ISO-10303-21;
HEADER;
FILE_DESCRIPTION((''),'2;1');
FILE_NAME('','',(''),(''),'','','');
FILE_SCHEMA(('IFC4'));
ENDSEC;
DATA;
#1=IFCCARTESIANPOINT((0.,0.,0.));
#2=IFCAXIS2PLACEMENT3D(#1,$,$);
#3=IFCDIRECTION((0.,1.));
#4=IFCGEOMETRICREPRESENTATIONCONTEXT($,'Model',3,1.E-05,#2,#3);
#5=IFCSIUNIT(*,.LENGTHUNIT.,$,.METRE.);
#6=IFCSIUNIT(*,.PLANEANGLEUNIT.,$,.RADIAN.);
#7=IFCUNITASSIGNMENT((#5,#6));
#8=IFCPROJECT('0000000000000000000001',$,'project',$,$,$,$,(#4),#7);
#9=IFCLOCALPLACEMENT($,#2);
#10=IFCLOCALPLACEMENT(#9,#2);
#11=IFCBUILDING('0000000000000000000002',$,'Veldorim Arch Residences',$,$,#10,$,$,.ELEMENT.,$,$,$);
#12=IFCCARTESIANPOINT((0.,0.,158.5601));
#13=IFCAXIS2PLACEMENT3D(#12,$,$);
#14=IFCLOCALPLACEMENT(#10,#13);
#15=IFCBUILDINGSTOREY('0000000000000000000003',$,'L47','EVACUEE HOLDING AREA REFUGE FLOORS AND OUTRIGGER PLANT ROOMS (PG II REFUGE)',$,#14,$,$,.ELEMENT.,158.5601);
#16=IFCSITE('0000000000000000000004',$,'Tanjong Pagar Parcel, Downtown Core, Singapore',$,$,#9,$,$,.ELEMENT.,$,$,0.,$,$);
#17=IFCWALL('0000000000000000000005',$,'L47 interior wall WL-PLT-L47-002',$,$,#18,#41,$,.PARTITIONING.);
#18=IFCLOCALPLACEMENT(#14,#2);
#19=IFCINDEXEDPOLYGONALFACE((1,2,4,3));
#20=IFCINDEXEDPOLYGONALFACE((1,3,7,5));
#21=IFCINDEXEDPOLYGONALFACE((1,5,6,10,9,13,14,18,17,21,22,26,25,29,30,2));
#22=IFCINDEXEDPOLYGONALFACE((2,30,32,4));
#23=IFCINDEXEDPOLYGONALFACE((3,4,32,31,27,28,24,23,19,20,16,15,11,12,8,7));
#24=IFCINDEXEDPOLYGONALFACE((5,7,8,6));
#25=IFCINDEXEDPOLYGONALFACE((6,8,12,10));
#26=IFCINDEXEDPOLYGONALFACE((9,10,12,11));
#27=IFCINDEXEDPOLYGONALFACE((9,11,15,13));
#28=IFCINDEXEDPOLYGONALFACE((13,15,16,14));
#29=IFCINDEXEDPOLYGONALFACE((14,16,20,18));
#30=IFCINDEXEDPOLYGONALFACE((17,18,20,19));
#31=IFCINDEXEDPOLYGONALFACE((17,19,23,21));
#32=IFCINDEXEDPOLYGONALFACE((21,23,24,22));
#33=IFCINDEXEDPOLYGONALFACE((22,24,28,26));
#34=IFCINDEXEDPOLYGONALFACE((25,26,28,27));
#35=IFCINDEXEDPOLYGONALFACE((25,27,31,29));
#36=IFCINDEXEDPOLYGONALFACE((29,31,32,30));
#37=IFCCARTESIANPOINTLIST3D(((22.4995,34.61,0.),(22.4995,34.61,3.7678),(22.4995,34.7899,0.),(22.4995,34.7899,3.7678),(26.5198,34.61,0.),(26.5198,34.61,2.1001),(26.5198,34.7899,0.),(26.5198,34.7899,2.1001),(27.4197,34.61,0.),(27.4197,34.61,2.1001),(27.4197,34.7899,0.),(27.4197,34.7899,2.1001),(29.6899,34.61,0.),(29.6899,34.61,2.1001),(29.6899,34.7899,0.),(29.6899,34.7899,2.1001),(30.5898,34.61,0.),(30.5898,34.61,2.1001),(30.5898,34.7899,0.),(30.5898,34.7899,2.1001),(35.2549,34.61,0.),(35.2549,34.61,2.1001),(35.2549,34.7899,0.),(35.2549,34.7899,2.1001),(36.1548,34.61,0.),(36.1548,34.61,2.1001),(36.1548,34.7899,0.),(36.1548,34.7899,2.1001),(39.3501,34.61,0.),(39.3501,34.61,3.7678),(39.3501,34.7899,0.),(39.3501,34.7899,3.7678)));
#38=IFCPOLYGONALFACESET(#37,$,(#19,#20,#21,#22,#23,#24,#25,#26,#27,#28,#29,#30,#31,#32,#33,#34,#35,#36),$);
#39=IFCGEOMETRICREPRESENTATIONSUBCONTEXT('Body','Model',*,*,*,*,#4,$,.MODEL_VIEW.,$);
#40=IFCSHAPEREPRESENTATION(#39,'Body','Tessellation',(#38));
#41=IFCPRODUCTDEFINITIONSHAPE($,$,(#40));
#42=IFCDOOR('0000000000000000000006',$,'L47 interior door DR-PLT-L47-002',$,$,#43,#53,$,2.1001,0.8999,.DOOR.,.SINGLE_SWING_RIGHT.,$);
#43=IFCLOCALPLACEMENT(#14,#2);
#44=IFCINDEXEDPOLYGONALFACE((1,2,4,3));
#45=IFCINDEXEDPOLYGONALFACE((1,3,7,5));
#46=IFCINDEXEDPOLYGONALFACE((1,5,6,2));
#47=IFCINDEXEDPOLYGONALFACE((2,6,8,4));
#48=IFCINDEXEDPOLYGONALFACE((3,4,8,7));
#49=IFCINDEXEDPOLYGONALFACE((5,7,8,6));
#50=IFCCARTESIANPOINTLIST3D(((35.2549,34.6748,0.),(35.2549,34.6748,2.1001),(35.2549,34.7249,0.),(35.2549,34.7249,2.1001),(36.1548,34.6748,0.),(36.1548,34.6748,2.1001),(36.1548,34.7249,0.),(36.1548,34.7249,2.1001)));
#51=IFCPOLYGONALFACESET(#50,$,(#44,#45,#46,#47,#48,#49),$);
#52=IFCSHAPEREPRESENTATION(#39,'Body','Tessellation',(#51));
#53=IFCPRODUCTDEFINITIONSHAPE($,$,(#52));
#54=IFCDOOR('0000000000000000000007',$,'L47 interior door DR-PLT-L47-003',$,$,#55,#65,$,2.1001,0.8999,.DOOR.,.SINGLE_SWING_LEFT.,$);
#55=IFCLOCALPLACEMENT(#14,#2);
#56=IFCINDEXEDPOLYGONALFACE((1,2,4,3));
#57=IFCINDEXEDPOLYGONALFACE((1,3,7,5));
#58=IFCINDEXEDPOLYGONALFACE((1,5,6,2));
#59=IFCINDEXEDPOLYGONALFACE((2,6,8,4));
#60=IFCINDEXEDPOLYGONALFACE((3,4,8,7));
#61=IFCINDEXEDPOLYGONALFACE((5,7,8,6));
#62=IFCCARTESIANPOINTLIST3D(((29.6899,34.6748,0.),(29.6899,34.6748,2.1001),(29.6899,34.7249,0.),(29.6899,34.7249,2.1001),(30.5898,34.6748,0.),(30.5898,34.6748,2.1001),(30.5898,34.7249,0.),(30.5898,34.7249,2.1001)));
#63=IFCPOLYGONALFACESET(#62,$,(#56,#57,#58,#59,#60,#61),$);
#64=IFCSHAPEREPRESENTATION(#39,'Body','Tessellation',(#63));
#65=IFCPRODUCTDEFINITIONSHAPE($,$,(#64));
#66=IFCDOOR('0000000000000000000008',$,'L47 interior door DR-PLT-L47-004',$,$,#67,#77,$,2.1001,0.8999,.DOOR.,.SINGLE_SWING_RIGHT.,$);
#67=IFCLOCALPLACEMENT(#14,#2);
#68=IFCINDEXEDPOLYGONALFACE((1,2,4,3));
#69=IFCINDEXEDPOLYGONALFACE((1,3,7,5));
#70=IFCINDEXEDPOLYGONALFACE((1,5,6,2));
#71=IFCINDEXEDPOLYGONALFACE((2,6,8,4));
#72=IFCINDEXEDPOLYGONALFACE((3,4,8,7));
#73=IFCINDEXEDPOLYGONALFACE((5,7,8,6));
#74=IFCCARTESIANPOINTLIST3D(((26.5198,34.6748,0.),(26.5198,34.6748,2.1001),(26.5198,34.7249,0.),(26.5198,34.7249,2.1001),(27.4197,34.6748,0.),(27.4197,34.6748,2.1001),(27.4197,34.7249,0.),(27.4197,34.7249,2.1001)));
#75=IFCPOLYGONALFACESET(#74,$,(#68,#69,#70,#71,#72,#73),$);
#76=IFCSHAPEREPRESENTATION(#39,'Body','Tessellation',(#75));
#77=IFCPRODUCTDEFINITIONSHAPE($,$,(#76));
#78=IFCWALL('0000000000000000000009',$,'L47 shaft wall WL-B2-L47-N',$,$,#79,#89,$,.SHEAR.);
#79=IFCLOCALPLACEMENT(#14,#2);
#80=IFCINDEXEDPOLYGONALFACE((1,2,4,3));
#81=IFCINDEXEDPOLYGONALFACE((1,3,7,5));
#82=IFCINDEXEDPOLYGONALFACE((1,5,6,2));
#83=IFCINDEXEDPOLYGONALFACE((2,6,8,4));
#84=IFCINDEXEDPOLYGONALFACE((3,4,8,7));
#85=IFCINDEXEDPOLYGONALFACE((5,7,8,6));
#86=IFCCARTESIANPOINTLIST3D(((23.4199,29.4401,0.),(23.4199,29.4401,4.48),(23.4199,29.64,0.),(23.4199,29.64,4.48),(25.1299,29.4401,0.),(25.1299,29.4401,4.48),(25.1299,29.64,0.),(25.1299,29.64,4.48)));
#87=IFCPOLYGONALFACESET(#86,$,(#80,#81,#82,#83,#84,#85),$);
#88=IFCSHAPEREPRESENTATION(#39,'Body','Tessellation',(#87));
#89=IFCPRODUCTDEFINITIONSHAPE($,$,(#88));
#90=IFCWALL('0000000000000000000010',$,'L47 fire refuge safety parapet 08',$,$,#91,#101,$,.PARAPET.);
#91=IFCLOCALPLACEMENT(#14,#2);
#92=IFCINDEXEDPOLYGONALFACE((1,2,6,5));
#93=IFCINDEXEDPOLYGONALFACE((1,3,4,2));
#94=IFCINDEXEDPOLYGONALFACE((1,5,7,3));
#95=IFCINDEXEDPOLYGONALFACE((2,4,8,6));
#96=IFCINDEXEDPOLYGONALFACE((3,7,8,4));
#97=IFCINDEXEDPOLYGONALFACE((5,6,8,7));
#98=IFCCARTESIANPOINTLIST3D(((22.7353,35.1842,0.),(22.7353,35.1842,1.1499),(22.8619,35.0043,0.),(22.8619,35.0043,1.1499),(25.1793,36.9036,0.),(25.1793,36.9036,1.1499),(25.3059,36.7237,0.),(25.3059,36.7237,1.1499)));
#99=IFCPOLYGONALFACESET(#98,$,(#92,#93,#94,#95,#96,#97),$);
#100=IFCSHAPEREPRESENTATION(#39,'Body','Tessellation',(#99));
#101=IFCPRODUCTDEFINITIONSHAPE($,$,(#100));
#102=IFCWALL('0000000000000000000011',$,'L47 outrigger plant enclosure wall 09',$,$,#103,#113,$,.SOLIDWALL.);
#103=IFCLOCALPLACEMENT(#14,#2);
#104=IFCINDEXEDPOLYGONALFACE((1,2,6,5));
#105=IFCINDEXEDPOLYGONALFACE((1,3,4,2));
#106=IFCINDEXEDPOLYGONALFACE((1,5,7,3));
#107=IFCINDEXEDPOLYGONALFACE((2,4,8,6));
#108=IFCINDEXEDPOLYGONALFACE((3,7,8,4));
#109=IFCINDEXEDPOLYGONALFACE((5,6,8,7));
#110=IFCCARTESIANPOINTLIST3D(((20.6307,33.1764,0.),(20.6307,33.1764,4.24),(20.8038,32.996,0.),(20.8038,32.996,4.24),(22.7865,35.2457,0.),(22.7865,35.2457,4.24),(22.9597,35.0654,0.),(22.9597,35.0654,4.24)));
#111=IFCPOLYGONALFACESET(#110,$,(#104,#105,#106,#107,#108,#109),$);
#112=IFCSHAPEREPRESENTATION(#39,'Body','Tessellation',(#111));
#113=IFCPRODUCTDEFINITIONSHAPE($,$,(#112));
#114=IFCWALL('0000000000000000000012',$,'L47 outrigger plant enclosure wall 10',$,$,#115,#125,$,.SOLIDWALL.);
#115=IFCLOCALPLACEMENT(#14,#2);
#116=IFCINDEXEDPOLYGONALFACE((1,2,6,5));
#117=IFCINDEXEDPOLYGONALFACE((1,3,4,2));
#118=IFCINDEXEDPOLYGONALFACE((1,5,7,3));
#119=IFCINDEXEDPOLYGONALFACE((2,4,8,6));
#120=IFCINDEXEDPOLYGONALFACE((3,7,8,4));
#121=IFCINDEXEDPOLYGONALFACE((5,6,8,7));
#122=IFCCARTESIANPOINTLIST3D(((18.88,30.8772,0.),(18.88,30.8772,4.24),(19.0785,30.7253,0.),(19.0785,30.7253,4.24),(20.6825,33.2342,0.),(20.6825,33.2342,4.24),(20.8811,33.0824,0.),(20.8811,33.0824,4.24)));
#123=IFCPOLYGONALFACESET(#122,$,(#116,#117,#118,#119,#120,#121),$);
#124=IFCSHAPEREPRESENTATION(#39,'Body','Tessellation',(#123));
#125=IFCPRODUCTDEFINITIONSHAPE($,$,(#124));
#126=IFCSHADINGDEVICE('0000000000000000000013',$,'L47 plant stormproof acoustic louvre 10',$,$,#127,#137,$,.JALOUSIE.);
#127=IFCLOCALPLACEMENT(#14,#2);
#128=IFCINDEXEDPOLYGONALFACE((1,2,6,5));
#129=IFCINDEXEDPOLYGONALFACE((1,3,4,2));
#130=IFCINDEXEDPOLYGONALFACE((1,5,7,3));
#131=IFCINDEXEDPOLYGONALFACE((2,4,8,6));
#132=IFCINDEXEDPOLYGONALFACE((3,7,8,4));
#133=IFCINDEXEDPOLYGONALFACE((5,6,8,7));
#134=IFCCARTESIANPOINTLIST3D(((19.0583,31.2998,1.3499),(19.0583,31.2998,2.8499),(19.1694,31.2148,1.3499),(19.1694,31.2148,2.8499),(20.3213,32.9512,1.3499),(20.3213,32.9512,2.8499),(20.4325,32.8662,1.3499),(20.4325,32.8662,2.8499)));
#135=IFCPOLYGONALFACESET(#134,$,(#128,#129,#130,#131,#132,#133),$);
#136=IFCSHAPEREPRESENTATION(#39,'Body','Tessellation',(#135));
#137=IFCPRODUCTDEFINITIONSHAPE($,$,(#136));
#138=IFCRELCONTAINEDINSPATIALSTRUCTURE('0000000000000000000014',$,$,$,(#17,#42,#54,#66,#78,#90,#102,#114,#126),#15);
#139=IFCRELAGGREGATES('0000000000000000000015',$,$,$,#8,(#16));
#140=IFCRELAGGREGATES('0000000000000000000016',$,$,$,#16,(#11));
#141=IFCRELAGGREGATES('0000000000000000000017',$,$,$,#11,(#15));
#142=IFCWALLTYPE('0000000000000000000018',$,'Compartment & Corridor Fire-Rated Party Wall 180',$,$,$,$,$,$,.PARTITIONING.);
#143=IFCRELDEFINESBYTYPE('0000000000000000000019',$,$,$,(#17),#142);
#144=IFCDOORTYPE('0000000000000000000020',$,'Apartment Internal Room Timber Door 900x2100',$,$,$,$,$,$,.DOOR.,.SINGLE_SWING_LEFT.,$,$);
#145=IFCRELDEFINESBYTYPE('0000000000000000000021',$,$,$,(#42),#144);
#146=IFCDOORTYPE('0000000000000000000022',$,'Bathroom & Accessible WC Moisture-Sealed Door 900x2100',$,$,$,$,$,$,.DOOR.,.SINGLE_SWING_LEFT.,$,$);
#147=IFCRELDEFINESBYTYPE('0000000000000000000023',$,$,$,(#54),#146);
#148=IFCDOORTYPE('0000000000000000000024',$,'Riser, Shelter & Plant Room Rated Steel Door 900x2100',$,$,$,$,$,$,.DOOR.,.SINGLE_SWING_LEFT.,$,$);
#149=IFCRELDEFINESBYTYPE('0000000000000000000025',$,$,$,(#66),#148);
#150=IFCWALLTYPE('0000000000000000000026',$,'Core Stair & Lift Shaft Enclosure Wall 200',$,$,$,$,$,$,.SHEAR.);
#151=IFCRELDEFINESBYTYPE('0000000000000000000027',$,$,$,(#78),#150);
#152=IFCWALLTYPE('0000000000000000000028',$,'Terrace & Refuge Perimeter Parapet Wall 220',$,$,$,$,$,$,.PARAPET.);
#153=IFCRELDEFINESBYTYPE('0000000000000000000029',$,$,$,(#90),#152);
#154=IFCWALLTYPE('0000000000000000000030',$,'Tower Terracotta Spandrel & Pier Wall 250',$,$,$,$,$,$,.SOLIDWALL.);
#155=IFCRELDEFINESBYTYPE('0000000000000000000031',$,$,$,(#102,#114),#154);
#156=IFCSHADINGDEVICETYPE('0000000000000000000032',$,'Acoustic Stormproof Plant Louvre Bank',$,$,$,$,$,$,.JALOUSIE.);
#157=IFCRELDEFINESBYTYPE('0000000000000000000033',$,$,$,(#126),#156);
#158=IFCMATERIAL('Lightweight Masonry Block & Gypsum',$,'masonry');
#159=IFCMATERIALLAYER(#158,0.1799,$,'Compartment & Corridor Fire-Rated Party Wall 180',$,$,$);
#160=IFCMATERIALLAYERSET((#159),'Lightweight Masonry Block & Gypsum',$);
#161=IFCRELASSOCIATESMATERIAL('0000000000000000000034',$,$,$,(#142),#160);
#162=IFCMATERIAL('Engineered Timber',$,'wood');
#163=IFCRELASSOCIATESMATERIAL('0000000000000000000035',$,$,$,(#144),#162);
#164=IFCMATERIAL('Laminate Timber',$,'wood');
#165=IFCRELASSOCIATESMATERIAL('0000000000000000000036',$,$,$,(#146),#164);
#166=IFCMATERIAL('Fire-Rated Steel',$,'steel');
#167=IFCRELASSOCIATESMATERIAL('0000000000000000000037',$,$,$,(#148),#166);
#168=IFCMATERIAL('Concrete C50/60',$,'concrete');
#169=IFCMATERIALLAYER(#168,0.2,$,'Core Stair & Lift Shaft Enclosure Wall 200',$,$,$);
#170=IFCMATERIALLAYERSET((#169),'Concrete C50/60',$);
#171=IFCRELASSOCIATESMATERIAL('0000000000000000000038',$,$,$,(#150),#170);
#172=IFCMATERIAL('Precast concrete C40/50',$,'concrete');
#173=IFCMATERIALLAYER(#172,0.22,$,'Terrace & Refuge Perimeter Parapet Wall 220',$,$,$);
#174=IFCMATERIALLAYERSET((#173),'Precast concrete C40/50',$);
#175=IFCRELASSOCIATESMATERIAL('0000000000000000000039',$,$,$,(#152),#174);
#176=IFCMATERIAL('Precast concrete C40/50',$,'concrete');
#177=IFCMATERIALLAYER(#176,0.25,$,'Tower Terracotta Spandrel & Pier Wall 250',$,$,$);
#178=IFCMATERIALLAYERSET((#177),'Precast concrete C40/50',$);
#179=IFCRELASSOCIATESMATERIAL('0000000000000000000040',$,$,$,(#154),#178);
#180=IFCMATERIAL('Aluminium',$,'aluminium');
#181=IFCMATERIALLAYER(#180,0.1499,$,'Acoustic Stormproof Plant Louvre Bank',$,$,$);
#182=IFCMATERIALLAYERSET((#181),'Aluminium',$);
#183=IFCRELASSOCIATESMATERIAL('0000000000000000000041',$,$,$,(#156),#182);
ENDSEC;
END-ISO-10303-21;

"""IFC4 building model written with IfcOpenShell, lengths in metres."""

from ifc_helpers import new_model, si_unit, direction, frame, frame_2d, origin, origin_2d, place, context, subcontext, project, spatial, rectangle, extrude, material, layer, layer_set, type_object, element, fill, save


model = new_model("IFC4")

# Units and contexts
model_context = context("Model", 3, precision=1e-05, world=origin(), true_north=direction((0.0, 1.0)))
body_context = subcontext(model_context, "Body", "Model", "MODEL_VIEW")
ifc_project = project(units=[si_unit("LENGTHUNIT", "METRE"), si_unit("PLANEANGLEUNIT", "RADIAN")], contexts=[model_context])

# Site, building, storey
site_placement = place(None, origin())
site = spatial("IfcSite", under=ifc_project, at=site_placement, Name="Tanjong Pagar Parcel, Downtown Core, Singapore", CompositionType="ELEMENT", RefElevation=0.0)
building_placement = place(site_placement, origin())
building = spatial("IfcBuilding", under=site, at=building_placement, Name="Veldorim Arch Residences", CompositionType="ELEMENT")
storey_placement = place(building_placement, frame((0.0, 0.0, 158.5601)))
storey = spatial("IfcBuildingStorey", under=building, at=storey_placement, Name="L47", Description="EVACUEE HOLDING AREA REFUGE FLOORS AND OUTRIGGER PLANT ROOMS (PG II REFUGE)", CompositionType="ELEMENT", Elevation=158.5601)

# Wall, openings, doors
ifc_material_1 = material(Name="Lightweight Masonry Block & Gypsum", Category="masonry")
ifc_layer_1 = layer(ifc_material_1, 0.1799, Name="Compartment & Corridor Fire-Rated Party Wall 180")
ifc_layer_set_1 = layer_set([ifc_layer_1], Name="Lightweight Masonry Block & Gypsum")
wall_type_1 = type_object("IfcWallType", Name="Compartment & Corridor Fire-Rated Party Wall 180", PredefinedType="PARTITIONING", material=ifc_layer_set_1)
wall_1_placement = place(storey_placement, frame((22.4995, 34.7, 0.0), z_axis=(0.0, 0.0, 1.0), x_axis=(1.0, 0.0, 0.0)))
wall_1 = element("IfcWall", 1, at=wall_1_placement, inside=storey, type_object=wall_type_1, Name="L47 interior wall WL-PLT-L47-002", PredefinedType="PARTITIONING", context=body_context, shape_type="SweptSolid", body=[
    extrude(rectangle(XDim=16.8506, YDim=0.1799, at=frame_2d((8.4253, 0.0))), origin(), (0.0, 0.0, 1.0), 3.7678),
])
opening_1_placement = place(wall_1_placement, frame((12.7554, 0.0, 0.0)))
opening_1 = element("IfcOpeningElement", 2, at=opening_1_placement, cuts=wall_1, PredefinedType="OPENING", context=body_context, shape_type="SweptSolid", body=[
    extrude(rectangle(XDim=0.8999, YDim=2.1001, at=frame_2d((0.45, 1.05))), frame((0.0, 0.0999, 0.0), z_axis=(0.0, -1.0, 0.0), x_axis=(1.0, 0.0, 0.0)), (0.0, 0.0, 1.0), 0.2),
])
opening_2_placement = place(wall_1_placement, frame((7.1904, 0.0, 0.0)))
opening_2 = element("IfcOpeningElement", 3, at=opening_2_placement, cuts=wall_1, PredefinedType="OPENING", context=body_context, shape_type="SweptSolid", body=[
    extrude(rectangle(XDim=0.8999, YDim=2.1001, at=frame_2d((0.45, 1.05))), frame((0.0, 0.0999, 0.0), z_axis=(0.0, -1.0, 0.0), x_axis=(1.0, 0.0, 0.0)), (0.0, 0.0, 1.0), 0.2),
])
opening_3_placement = place(wall_1_placement, frame((4.0203, 0.0, 0.0)))
opening_3 = element("IfcOpeningElement", 4, at=opening_3_placement, cuts=wall_1, PredefinedType="OPENING", context=body_context, shape_type="SweptSolid", body=[
    extrude(rectangle(XDim=0.8999, YDim=2.1001, at=frame_2d((0.45, 1.05))), frame((0.0, 0.0999, 0.0), z_axis=(0.0, -1.0, 0.0), x_axis=(1.0, 0.0, 0.0)), (0.0, 0.0, 1.0), 0.2),
])
ifc_material_2 = material(Name="Engineered Timber", Category="wood")
door_type_1 = type_object("IfcDoorType", Name="Apartment Internal Room Timber Door 900x2100", OperationType="SINGLE_SWING_LEFT", PredefinedType="DOOR", material=ifc_material_2)
door_1_placement = place(opening_1_placement, origin())
door_1 = element("IfcDoor", 5, at=door_1_placement, inside=storey, type_object=door_type_1, Name="L47 interior door DR-PLT-L47-002", OperationType="SINGLE_SWING_RIGHT", OverallHeight=2.1001, OverallWidth=0.8999, PredefinedType="DOOR", context=body_context, shape_type="SweptSolid", body=[
    extrude(rectangle(XDim=0.8999, YDim=2.1001, at=frame_2d((0.45, 1.05))), frame((0.0, 0.0249, 0.0), z_axis=(0.0, -1.0, 0.0), x_axis=(1.0, 0.0, 0.0)), (0.0, 0.0, 1.0), 0.05),
])
fill(opening_1, door_1)
ifc_material_3 = material(Name="Laminate Timber", Category="wood")
door_type_2 = type_object("IfcDoorType", Name="Bathroom & Accessible WC Moisture-Sealed Door 900x2100", OperationType="SINGLE_SWING_LEFT", PredefinedType="DOOR", material=ifc_material_3)
door_2_placement = place(opening_2_placement, origin())
door_2 = element("IfcDoor", 6, at=door_2_placement, inside=storey, type_object=door_type_2, Name="L47 interior door DR-PLT-L47-003", OperationType="SINGLE_SWING_LEFT", OverallHeight=2.1001, OverallWidth=0.8999, PredefinedType="DOOR", context=body_context, shape_type="SweptSolid", body=[
    extrude(rectangle(XDim=0.8999, YDim=2.1001, at=frame_2d((0.45, 1.05))), frame((0.0, 0.0249, 0.0), z_axis=(0.0, -1.0, 0.0), x_axis=(1.0, 0.0, 0.0)), (0.0, 0.0, 1.0), 0.05),
])
fill(opening_2, door_2)
ifc_material_4 = material(Name="Fire-Rated Steel", Category="steel")
door_type_3 = type_object("IfcDoorType", Name="Riser, Shelter & Plant Room Rated Steel Door 900x2100", OperationType="SINGLE_SWING_LEFT", PredefinedType="DOOR", material=ifc_material_4)
door_3_placement = place(opening_3_placement, origin())
door_3 = element("IfcDoor", 7, at=door_3_placement, inside=storey, type_object=door_type_3, Name="L47 interior door DR-PLT-L47-004", OperationType="SINGLE_SWING_RIGHT", OverallHeight=2.1001, OverallWidth=0.8999, PredefinedType="DOOR", context=body_context, shape_type="SweptSolid", body=[
    extrude(rectangle(XDim=0.8999, YDim=2.1001, at=frame_2d((0.45, 1.05))), frame((0.0, 0.0249, 0.0), z_axis=(0.0, -1.0, 0.0), x_axis=(1.0, 0.0, 0.0)), (0.0, 0.0, 1.0), 0.05),
])
fill(opening_3, door_3)

# Wall
ifc_material_5 = material(Name="Concrete C50/60", Category="concrete")
ifc_layer_2 = layer(ifc_material_5, 0.2, Name="Core Stair & Lift Shaft Enclosure Wall 200")
ifc_layer_set_2 = layer_set([ifc_layer_2], Name="Concrete C50/60")
wall_type_2 = type_object("IfcWallType", Name="Core Stair & Lift Shaft Enclosure Wall 200", PredefinedType="SHEAR", material=ifc_layer_set_2)
wall_2_placement = place(storey_placement, frame((23.4199, 29.54, 0.0), z_axis=(0.0, 0.0, 1.0), x_axis=(1.0, 0.0, 0.0)))
element("IfcWall", 8, at=wall_2_placement, inside=storey, type_object=wall_type_2, Name="L47 shaft wall WL-B2-L47-N", PredefinedType="SHEAR", context=body_context, shape_type="SweptSolid", body=[
    extrude(rectangle(XDim=1.71, YDim=0.2, at=frame_2d((0.855, 0.0))), origin(), (0.0, 0.0, 1.0), 4.48),
])

# Walls
ifc_material_6 = material(Name="Precast concrete C40/50", Category="concrete")
ifc_layer_3 = layer(ifc_material_6, 0.22, Name="Terrace & Refuge Perimeter Parapet Wall 220")
ifc_layer_set_3 = layer_set([ifc_layer_3], Name="Precast concrete C40/50")
wall_type_3 = type_object("IfcWallType", Name="Terrace & Refuge Perimeter Parapet Wall 220", PredefinedType="PARAPET", material=ifc_layer_set_3)
wall_3_placement = place(storey_placement, frame((22.7986, 35.0942, 0.0), z_axis=(0.0, 0.0, 1.0), x_axis=(0.817875, 0.575396, 0.0)))
element("IfcWall", 9, at=wall_3_placement, inside=storey, type_object=wall_type_3, Name="L47 fire refuge safety parapet 08", PredefinedType="PARAPET", context=body_context, shape_type="SweptSolid", body=[
    extrude(rectangle(XDim=2.9883, YDim=0.22, at=frame_2d((1.4941, 0.0))), origin(), (0.0, 0.0, 1.0), 1.1499),
])
ifc_material_7 = material(Name="Precast concrete C40/50", Category="concrete")
ifc_layer_4 = layer(ifc_material_7, 0.25, Name="Tower Terracotta Spandrel & Pier Wall 250")
ifc_layer_set_4 = layer_set([ifc_layer_4], Name="Precast concrete C40/50")
wall_type_4 = type_object("IfcWallType", Name="Tower Terracotta Spandrel & Pier Wall 250", PredefinedType="SOLIDWALL", material=ifc_layer_set_4)
wall_4_placement = place(storey_placement, frame((20.7173, 33.0862, 0.0), z_axis=(0.0, 0.0, 1.0), x_axis=(0.72142, 0.692498, 0.0)))
element("IfcWall", 10, at=wall_4_placement, inside=storey, type_object=wall_type_4, Name="L47 outrigger plant enclosure wall 09", PredefinedType="SOLIDWALL", context=body_context, shape_type="SweptSolid", body=[
    extrude(rectangle(XDim=2.9883, YDim=0.25, at=frame_2d((1.4941, 0.0))), origin(), (0.0, 0.0, 1.0), 4.24),
])
wall_5_placement = place(storey_placement, frame((18.9792, 30.8013, 0.0), z_axis=(0.0, 0.0, 1.0), x_axis=(0.607478, 0.794337, 0.0)))
element("IfcWall", 11, at=wall_5_placement, inside=storey, type_object=wall_type_4, Name="L47 outrigger plant enclosure wall 10", PredefinedType="SOLIDWALL", context=body_context, shape_type="SweptSolid", body=[
    extrude(rectangle(XDim=2.9673, YDim=0.25, at=frame_2d((1.4836, 0.0))), origin(), (0.0, 0.0, 1.0), 4.24),
])

# Shading device
ifc_material_8 = material(Name="Aluminium", Category="aluminium")
ifc_layer_5 = layer(ifc_material_8, 0.1499, Name="Acoustic Stormproof Plant Louvre Bank")
ifc_layer_set_5 = layer_set([ifc_layer_5], Name="Aluminium")
shading_device_type = type_object("IfcShadingDeviceType", Name="Acoustic Stormproof Plant Louvre Bank", PredefinedType="JALOUSIE", material=ifc_layer_set_5)
shading_device_placement = place(storey_placement, frame((19.7454, 32.083, 1.3499), z_axis=(0.0, 0.0, 1.0), x_axis=(0.607514, 0.794309, 0.0)))
element("IfcShadingDevice", 12, at=shading_device_placement, inside=storey, type_object=shading_device_type, Name="L47 plant stormproof acoustic louvre 10", PredefinedType="JALOUSIE", context=body_context, shape_type="SweptSolid", body=[
    extrude(rectangle(XDim=2.0791, YDim=0.1399, at=origin_2d()), origin(), (0.0, 0.0, 1.0), 1.5),
])

save(model, "model.ifc")
